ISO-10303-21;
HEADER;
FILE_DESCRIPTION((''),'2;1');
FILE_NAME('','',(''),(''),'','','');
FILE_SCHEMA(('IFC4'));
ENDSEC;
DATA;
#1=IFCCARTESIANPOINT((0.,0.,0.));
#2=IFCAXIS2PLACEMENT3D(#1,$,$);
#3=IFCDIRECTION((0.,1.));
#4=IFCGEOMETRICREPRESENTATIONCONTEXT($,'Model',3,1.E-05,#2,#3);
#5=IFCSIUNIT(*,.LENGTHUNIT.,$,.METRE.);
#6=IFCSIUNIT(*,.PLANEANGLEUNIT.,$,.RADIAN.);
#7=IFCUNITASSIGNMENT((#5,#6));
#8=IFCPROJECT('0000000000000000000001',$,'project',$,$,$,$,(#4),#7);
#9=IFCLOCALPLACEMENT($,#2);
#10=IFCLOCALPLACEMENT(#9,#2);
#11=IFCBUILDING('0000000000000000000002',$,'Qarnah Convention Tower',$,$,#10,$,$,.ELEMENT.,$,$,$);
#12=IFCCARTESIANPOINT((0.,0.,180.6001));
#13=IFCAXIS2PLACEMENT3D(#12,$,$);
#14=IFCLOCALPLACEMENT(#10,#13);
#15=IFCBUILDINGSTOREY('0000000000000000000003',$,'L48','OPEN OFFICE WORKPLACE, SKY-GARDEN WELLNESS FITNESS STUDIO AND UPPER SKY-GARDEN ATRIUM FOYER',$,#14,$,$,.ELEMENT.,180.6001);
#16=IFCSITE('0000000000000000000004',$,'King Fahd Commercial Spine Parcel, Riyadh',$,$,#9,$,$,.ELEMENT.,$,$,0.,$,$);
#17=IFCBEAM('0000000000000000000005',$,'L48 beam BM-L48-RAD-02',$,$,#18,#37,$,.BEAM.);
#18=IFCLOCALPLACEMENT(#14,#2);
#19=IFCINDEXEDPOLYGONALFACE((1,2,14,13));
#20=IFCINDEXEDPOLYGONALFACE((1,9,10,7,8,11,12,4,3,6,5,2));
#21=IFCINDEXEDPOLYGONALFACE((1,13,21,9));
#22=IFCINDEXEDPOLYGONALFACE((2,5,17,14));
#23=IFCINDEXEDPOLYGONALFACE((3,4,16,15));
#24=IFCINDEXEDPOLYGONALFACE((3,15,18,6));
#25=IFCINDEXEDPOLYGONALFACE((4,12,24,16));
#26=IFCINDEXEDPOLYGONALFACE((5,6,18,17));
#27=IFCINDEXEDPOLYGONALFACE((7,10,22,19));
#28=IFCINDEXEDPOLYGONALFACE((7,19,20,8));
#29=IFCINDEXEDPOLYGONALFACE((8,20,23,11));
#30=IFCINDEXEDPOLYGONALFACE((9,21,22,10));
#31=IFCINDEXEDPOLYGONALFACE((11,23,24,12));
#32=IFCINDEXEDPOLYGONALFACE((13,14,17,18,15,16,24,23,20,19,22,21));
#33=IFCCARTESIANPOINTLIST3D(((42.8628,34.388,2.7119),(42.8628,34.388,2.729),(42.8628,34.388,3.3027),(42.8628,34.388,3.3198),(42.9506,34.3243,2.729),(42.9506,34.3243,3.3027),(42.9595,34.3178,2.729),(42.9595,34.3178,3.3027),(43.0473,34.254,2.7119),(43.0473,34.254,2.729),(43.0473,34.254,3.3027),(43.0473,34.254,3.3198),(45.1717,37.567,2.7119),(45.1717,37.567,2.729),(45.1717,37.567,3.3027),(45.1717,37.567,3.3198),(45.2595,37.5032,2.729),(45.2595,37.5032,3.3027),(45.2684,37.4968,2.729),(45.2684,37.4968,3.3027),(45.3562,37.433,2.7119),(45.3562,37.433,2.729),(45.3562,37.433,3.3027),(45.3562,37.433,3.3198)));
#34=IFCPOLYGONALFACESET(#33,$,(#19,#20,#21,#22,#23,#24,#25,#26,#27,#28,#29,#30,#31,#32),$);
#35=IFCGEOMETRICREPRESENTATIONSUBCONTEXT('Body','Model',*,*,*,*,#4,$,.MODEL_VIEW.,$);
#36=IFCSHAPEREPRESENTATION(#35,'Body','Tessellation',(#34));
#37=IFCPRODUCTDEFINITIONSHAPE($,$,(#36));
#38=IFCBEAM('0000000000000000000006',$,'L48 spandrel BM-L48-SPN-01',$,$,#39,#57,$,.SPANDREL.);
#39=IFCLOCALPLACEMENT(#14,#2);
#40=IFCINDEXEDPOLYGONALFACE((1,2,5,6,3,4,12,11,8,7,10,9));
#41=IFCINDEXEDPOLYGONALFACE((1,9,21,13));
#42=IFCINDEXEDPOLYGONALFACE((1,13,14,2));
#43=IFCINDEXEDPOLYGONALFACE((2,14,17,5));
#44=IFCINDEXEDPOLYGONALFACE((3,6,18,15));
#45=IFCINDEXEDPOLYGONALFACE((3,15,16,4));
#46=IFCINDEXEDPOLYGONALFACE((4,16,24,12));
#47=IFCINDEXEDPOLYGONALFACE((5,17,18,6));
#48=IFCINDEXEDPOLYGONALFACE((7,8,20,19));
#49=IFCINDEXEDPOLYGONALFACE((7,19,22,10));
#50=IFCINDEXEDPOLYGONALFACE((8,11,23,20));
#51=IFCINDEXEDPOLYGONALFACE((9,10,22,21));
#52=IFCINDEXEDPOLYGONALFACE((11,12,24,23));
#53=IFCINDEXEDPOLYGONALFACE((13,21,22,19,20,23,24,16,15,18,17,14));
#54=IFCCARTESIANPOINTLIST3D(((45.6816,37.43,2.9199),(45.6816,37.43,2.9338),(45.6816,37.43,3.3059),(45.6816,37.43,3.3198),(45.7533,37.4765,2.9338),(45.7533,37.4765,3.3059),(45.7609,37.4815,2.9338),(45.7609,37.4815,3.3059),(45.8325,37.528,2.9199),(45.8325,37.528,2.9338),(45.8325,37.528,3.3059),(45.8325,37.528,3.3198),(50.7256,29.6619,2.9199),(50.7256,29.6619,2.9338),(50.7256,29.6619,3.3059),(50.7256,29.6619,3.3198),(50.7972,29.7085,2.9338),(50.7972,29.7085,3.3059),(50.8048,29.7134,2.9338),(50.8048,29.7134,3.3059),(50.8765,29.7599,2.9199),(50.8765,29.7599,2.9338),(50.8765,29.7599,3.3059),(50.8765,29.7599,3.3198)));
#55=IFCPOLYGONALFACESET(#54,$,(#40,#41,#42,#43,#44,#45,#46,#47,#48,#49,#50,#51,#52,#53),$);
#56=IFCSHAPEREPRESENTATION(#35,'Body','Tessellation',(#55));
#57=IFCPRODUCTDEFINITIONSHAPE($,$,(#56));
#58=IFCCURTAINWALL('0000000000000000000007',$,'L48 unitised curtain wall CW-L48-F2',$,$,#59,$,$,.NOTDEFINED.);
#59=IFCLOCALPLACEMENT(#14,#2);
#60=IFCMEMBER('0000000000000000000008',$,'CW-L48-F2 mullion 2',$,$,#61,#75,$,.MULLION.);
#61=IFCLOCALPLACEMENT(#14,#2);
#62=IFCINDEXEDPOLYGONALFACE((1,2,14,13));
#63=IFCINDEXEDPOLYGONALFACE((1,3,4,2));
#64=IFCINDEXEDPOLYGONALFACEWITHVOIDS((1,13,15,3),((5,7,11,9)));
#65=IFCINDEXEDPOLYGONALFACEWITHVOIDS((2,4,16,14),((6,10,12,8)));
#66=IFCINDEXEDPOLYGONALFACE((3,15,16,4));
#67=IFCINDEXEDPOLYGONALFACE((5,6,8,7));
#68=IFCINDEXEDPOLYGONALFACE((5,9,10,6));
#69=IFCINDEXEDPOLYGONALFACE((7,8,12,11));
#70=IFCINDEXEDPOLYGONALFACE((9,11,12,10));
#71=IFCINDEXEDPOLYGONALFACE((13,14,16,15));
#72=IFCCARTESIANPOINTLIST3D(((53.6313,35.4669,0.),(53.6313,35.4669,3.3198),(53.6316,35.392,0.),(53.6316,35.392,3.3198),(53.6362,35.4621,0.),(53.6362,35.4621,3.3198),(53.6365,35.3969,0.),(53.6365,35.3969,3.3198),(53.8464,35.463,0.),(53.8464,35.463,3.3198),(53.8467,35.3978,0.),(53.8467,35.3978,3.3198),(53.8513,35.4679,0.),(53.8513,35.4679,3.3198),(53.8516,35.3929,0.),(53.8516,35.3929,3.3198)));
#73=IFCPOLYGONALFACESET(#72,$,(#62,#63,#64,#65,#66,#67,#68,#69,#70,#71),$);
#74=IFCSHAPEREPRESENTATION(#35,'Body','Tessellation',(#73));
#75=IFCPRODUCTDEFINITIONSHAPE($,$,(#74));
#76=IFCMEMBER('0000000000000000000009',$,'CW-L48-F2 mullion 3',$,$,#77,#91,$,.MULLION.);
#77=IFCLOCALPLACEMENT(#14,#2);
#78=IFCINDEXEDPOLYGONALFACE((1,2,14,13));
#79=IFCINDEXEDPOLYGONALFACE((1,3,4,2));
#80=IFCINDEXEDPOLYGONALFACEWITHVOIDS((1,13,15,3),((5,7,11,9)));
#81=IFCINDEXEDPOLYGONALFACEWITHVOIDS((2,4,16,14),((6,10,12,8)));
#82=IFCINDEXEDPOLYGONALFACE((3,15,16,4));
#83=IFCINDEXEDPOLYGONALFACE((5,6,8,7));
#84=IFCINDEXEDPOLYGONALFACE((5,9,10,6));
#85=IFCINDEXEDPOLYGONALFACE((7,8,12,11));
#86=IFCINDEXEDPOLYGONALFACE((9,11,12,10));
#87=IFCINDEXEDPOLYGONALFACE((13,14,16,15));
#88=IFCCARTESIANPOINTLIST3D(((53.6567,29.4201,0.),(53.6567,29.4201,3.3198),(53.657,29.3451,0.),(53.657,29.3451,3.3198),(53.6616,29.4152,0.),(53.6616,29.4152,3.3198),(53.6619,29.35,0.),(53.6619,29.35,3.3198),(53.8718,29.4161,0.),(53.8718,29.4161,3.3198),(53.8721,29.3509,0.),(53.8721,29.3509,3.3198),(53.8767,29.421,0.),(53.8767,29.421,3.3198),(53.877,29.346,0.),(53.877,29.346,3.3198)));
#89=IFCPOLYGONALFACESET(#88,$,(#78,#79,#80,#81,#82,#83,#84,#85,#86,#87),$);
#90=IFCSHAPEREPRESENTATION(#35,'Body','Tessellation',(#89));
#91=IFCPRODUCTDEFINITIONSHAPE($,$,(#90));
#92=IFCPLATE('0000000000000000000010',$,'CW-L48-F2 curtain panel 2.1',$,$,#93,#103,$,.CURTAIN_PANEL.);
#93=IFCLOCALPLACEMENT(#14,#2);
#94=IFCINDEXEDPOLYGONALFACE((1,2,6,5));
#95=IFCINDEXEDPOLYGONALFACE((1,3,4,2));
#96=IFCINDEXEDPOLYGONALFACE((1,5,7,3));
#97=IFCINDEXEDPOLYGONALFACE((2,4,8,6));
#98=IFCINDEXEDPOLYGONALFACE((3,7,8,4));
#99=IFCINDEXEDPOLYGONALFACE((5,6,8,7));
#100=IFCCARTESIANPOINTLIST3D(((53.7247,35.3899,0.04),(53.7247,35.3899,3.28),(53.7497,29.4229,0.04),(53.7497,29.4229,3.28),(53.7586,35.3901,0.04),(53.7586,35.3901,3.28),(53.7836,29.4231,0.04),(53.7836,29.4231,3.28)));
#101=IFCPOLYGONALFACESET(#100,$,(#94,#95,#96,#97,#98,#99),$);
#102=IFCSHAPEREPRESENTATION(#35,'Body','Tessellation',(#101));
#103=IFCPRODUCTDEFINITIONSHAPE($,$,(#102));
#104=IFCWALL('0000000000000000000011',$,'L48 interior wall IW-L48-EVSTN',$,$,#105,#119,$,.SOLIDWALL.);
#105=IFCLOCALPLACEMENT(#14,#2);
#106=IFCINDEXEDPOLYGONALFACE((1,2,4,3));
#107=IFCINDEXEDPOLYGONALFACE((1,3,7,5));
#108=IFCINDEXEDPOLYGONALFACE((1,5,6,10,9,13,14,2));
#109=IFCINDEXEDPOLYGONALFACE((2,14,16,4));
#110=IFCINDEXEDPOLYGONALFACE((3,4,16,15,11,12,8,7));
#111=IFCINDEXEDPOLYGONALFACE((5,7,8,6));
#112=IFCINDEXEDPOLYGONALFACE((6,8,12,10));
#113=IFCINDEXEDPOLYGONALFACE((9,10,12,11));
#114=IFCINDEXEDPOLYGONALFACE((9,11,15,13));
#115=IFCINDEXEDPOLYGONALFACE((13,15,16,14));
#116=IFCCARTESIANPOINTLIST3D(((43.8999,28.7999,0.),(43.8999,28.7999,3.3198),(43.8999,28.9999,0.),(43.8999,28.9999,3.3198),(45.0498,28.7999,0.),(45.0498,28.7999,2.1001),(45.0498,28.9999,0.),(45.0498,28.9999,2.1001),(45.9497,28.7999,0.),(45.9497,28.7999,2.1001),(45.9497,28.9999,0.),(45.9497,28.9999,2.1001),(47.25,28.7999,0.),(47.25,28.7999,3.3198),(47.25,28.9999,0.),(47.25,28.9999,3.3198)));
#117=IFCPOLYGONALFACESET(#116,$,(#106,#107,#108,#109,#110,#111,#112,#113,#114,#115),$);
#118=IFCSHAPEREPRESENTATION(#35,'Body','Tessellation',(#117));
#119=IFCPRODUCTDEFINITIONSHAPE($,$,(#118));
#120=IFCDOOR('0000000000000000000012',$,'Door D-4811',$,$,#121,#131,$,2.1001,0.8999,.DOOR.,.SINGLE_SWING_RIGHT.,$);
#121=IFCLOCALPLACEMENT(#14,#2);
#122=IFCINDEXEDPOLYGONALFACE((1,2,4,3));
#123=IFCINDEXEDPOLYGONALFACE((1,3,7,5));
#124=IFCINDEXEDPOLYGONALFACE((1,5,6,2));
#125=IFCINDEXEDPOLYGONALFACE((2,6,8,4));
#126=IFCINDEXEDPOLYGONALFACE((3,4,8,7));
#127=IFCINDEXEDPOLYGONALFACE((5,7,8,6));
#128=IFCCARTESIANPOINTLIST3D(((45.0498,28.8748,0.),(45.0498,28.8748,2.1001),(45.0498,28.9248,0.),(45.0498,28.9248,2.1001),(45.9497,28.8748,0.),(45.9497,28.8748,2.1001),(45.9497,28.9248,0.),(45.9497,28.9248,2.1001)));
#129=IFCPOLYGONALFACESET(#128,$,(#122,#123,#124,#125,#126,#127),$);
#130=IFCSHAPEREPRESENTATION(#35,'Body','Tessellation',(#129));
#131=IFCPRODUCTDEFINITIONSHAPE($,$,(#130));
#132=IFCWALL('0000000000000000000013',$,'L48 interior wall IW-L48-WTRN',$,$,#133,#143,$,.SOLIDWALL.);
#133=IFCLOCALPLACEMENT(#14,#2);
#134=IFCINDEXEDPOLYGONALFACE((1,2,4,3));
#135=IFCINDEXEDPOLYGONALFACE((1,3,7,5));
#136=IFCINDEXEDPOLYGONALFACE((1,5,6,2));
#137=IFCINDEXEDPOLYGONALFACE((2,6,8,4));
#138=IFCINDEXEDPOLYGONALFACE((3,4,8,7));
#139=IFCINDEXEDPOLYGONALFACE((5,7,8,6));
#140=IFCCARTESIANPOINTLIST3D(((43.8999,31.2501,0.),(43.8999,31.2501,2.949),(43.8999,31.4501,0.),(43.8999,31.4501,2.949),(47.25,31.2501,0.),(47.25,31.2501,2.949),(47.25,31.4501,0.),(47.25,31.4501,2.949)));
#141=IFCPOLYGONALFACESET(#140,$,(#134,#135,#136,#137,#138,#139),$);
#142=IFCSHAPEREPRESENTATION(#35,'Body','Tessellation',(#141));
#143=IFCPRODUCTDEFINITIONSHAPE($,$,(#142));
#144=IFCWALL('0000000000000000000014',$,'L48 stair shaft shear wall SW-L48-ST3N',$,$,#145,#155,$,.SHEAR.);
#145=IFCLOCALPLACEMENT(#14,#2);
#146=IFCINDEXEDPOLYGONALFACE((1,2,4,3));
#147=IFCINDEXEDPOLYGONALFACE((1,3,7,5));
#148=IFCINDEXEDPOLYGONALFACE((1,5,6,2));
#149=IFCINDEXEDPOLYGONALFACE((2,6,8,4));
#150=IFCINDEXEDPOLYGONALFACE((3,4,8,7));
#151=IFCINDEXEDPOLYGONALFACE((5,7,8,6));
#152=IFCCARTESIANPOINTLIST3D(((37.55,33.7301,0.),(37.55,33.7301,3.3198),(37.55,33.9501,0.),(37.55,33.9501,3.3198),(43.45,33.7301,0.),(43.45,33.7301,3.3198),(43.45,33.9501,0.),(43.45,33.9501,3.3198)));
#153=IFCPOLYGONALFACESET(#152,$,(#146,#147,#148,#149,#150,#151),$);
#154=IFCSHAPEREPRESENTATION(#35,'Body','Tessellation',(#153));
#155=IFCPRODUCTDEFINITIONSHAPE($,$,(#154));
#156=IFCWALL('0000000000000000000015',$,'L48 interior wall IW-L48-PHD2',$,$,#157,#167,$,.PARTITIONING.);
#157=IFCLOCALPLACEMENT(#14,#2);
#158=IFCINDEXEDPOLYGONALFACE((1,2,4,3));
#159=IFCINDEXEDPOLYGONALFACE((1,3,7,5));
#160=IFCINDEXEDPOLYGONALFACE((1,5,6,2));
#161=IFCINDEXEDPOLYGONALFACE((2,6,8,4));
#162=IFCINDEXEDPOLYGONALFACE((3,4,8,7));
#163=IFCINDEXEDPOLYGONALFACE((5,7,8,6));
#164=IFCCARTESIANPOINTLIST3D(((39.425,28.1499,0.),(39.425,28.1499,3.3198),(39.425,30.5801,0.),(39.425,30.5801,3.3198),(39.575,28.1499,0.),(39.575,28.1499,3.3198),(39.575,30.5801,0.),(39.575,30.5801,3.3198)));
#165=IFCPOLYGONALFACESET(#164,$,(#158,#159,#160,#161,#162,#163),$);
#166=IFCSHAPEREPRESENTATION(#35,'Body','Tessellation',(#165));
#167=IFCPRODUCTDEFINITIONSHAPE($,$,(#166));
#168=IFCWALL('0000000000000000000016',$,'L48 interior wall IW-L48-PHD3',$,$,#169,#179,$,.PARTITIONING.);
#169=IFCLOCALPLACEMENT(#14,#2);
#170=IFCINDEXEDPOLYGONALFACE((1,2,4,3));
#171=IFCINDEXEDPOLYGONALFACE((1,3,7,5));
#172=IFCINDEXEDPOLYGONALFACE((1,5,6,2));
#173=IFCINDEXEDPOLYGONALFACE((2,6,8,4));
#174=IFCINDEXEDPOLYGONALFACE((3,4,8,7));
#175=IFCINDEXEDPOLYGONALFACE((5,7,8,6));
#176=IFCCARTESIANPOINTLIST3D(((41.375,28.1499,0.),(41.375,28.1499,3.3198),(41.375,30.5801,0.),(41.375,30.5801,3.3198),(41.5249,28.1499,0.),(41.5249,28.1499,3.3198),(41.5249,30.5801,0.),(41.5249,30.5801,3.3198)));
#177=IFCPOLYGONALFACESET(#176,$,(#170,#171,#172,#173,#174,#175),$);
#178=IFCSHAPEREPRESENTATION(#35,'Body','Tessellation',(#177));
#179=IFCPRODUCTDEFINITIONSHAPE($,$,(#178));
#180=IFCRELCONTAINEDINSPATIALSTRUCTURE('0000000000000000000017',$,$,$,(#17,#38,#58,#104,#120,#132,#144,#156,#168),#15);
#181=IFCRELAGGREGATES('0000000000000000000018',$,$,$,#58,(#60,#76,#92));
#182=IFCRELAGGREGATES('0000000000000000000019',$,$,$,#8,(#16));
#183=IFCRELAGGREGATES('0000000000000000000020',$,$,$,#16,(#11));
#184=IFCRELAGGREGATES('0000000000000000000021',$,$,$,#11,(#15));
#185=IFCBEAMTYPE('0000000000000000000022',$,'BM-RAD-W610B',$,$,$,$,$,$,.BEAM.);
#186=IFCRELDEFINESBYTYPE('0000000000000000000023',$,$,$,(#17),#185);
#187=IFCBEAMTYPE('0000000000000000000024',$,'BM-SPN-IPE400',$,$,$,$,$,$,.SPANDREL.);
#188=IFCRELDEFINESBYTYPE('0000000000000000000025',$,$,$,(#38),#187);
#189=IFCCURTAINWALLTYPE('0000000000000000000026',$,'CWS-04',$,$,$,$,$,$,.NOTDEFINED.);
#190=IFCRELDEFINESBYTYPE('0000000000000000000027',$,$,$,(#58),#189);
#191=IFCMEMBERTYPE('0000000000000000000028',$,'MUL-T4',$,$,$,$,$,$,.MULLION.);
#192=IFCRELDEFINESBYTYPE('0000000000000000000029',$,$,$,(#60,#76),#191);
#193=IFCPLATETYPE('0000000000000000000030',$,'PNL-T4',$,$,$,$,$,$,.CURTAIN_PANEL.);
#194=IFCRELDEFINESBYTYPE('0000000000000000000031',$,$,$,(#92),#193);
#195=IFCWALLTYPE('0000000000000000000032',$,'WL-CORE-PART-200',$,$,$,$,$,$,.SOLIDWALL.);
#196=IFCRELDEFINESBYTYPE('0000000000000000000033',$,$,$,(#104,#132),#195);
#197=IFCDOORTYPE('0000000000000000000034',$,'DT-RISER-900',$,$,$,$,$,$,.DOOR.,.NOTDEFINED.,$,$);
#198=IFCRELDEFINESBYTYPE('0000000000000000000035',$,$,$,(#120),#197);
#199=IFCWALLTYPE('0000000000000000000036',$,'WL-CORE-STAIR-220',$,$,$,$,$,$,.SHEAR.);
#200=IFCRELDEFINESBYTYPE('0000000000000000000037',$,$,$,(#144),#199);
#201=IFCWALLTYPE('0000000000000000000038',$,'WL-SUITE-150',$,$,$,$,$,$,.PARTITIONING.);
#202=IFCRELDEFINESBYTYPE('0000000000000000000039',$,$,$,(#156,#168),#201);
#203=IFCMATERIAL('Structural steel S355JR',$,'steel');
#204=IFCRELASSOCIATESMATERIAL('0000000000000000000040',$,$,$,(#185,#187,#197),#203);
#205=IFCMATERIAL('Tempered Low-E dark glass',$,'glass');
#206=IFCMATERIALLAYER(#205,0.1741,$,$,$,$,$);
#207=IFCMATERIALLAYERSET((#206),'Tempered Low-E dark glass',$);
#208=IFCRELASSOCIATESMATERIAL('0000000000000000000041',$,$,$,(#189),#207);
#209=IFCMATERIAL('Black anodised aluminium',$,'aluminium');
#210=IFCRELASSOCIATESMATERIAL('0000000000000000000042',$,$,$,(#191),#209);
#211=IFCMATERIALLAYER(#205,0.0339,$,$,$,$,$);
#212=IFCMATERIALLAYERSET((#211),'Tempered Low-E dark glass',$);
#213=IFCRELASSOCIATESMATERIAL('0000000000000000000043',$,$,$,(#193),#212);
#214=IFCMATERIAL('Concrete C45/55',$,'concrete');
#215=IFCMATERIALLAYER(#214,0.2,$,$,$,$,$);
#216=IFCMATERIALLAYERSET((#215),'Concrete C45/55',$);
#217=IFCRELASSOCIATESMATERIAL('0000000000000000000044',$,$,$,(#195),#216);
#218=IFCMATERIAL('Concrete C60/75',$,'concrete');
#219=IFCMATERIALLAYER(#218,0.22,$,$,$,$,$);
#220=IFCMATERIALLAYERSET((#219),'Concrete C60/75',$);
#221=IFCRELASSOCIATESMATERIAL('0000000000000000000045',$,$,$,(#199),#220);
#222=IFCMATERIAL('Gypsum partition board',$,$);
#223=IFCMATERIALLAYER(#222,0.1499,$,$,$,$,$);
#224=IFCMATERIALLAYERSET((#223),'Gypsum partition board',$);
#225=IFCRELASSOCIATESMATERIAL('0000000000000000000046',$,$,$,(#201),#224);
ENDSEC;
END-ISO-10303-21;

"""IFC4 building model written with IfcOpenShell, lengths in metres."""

from ifc_helpers import new_model, si_unit, direction, frame, frame_2d, origin, origin_2d, place, context, subcontext, project, spatial, rectangle, hollow_rectangle, i_section, extrude, material, layer, layer_set, material_profile, profile_set, type_object, element, fill, aggregate, save


model = new_model("IFC4")

# Units and contexts
model_context = context("Model", 3, precision=1e-05, world=origin(), true_north=direction((0.0, 1.0)))
body_context = subcontext(model_context, "Body", "Model", "MODEL_VIEW")
ifc_project = project(units=[si_unit("LENGTHUNIT", "METRE"), si_unit("PLANEANGLEUNIT", "RADIAN")], contexts=[model_context])

# Site, building, storey
site_placement = place(None, origin())
site = spatial("IfcSite", under=ifc_project, at=site_placement, Name="King Fahd Commercial Spine Parcel, Riyadh", CompositionType="ELEMENT", RefElevation=0.0)
building_placement = place(site_placement, origin())
building = spatial("IfcBuilding", under=site, at=building_placement, Name="Qarnah Convention Tower", CompositionType="ELEMENT")
storey_placement = place(building_placement, frame((0.0, 0.0, 180.6001)))
storey = spatial("IfcBuildingStorey", under=building, at=storey_placement, Name="L48", Description="OPEN OFFICE WORKPLACE, SKY-GARDEN WELLNESS FITNESS STUDIO AND UPPER SKY-GARDEN ATRIUM FOYER", CompositionType="ELEMENT", Elevation=180.6001)

# Beams
ifc_material_1 = material(Name="Structural steel S355JR", Category="steel")
ifc_material_profile_1 = material_profile(ifc_material_1, i_section(OverallWidth=0.228, OverallDepth=0.6079, WebThickness=0.011, FlangeThickness=0.0171, at=origin_2d()), Name="W610X113")
ifc_profile_set_1 = profile_set([ifc_material_profile_1], Name="Structural steel S355JR")
beam_type_1 = type_object("IfcBeamType", Name="BM-RAD-W610B", PredefinedType="BEAM", material=ifc_profile_set_1)
beam_1_placement = place(storey_placement, frame((42.9551, 34.321, 3.0159), z_axis=(0.587651, 0.809115, 0.0), x_axis=(-0.809115, 0.587651, 0.0)))
element("IfcBeam", 1, at=beam_1_placement, inside=storey, type_object=beam_type_1, Name="L48 beam BM-L48-RAD-02", PredefinedType="BEAM", context=body_context, shape_type="SweptSolid", body=[
    extrude(i_section(OverallWidth=0.228, OverallDepth=0.6079, WebThickness=0.011, FlangeThickness=0.0171, at=origin_2d()), origin(), (0.0, 0.0, 1.0), 3.929),
])
ifc_material_profile_2 = material_profile(ifc_material_1, i_section(OverallWidth=0.1799, OverallDepth=0.3999, WebThickness=0.009, FlangeThickness=0.0139, at=origin_2d()), Name="IPE400")
ifc_profile_set_2 = profile_set([ifc_material_profile_2], Name="Structural steel S355JR")
beam_type_2 = type_object("IfcBeamType", Name="BM-SPN-IPE400", PredefinedType="SPANDREL", material=ifc_profile_set_2)
beam_2_placement = place(storey_placement, frame((50.801, 29.7109, 3.1199), z_axis=(-0.544586, 0.838705, 0.0), x_axis=(-0.838705, -0.544586, 0.0)))
element("IfcBeam", 2, at=beam_2_placement, inside=storey, type_object=beam_type_2, Name="L48 spandrel BM-L48-SPN-01", PredefinedType="SPANDREL", context=body_context, shape_type="SweptSolid", body=[
    extrude(i_section(OverallWidth=0.1799, OverallDepth=0.3999, WebThickness=0.009, FlangeThickness=0.0139, at=origin_2d()), origin(), (0.0, 0.0, 1.0), 9.262),
])

# Curtain wall, members, plate
ifc_material_2 = material(Name="Tempered Low-E dark glass", Category="glass")
ifc_layer_1 = layer(ifc_material_2, 0.1741)
ifc_layer_set_1 = layer_set([ifc_layer_1], Name="Tempered Low-E dark glass")
curtain_wall_type = type_object("IfcCurtainWallType", Name="CWS-04", PredefinedType="NOTDEFINED", material=ifc_layer_set_1)
curtain_wall_placement = place(storey_placement, origin())
curtain_wall = element("IfcCurtainWall", 3, at=curtain_wall_placement, inside=storey, type_object=curtain_wall_type, Name="L48 unitised curtain wall CW-L48-F2", PredefinedType="NOTDEFINED")
ifc_material_3 = material(Name="Black anodised aluminium", Category="aluminium")
ifc_material_profile_3 = material_profile(ifc_material_3, hollow_rectangle(XDim=0.075, YDim=0.22, WallThickness=0.0049, at=origin_2d()), Name="MUL-75X220")
ifc_profile_set_3 = profile_set([ifc_material_profile_3], Name="Black anodised aluminium")
member_type = type_object("IfcMemberType", Name="MUL-T4", PredefinedType="MULLION", material=ifc_profile_set_3)
member_1_placement = place(storey_placement, frame((53.7415, 35.4299, 0.0), z_axis=(0.0, 0.0, 1.0), x_axis=(0.0042, -0.999991, 0.0)))
member_1 = element("IfcMember", 4, at=member_1_placement, type_object=member_type, Name="CW-L48-F2 mullion 2", PredefinedType="MULLION", context=body_context, shape_type="SweptSolid", body=[
    extrude(hollow_rectangle(XDim=0.075, YDim=0.22, WallThickness=0.0049, at=origin_2d()), origin(), (0.0, 0.0, 1.0), 3.3198),
])
member_2_placement = place(storey_placement, frame((53.7668, 29.3831, 0.0), z_axis=(0.0, 0.0, 1.0), x_axis=(0.0042, -0.999991, 0.0)))
member_2 = element("IfcMember", 5, at=member_2_placement, type_object=member_type, Name="CW-L48-F2 mullion 3", PredefinedType="MULLION", context=body_context, shape_type="SweptSolid", body=[
    extrude(hollow_rectangle(XDim=0.075, YDim=0.22, WallThickness=0.0049, at=origin_2d()), origin(), (0.0, 0.0, 1.0), 3.3198),
])
ifc_layer_2 = layer(ifc_material_2, 0.0339)
ifc_layer_set_2 = layer_set([ifc_layer_2], Name="Tempered Low-E dark glass")
plate_type = type_object("IfcPlateType", Name="PNL-T4", PredefinedType="CURTAIN_PANEL", material=ifc_layer_set_2)
plate_placement = place(storey_placement, frame((53.7542, 32.4065, 0.04), z_axis=(0.0, 0.0, 1.0), x_axis=(0.0042, -0.999991, 0.0)))
plate = element("IfcPlate", 6, at=plate_placement, type_object=plate_type, Name="CW-L48-F2 curtain panel 2.1", PredefinedType="CURTAIN_PANEL", context=body_context, shape_type="SweptSolid", body=[
    extrude(rectangle(XDim=5.967, YDim=0.0339, at=origin_2d()), origin(), (0.0, 0.0, 1.0), 3.24),
])
aggregate(curtain_wall, [member_1, member_2, plate])

# Wall, opening, door
ifc_material_4 = material(Name="Concrete C45/55", Category="concrete")
ifc_layer_3 = layer(ifc_material_4, 0.2)
ifc_layer_set_3 = layer_set([ifc_layer_3], Name="Concrete C45/55")
wall_type_1 = type_object("IfcWallType", Name="WL-CORE-PART-200", PredefinedType="SOLIDWALL", material=ifc_layer_set_3)
wall_1_placement = place(storey_placement, frame((43.8999, 28.8999, 0.0), z_axis=(0.0, 0.0, 1.0), x_axis=(1.0, 0.0, 0.0)))
wall_1 = element("IfcWall", 7, at=wall_1_placement, inside=storey, type_object=wall_type_1, Name="L48 interior wall IW-L48-EVSTN", PredefinedType="SOLIDWALL", context=body_context, shape_type="SweptSolid", body=[
    extrude(rectangle(XDim=3.3501, YDim=0.2, at=frame_2d((1.675, 0.0))), origin(), (0.0, 0.0, 1.0), 3.3198),
])
opening_1_placement = place(wall_1_placement, frame((1.1499, 0.0, 0.0)))
opening_1 = element("IfcOpeningElement", 8, at=opening_1_placement, cuts=wall_1, PredefinedType="OPENING", context=body_context, shape_type="SweptSolid", body=[
    extrude(rectangle(XDim=0.8999, YDim=2.1001, at=frame_2d((0.45, 1.05))), frame((0.0, 0.1099, 0.0), z_axis=(0.0, -1.0, 0.0), x_axis=(1.0, 0.0, 0.0)), (0.0, 0.0, 1.0), 0.22),
])
door_type_1 = type_object("IfcDoorType", Name="DT-RISER-900", OperationType="NOTDEFINED", PredefinedType="DOOR", material=ifc_material_1)
door_1_placement = place(opening_1_placement, origin())
door_1 = element("IfcDoor", 9, at=door_1_placement, inside=storey, type_object=door_type_1, Name="Door D-4811", OperationType="SINGLE_SWING_RIGHT", OverallHeight=2.1001, OverallWidth=0.8999, PredefinedType="DOOR", context=body_context, shape_type="SweptSolid", body=[
    extrude(rectangle(XDim=0.8999, YDim=2.1001, at=frame_2d((0.45, 1.05))), frame((0.0, 0.0249, 0.0), z_axis=(0.0, -1.0, 0.0), x_axis=(1.0, 0.0, 0.0)), (0.0, 0.0, 1.0), 0.05),
])
fill(opening_1, door_1)

# Walls
wall_2_placement = place(storey_placement, frame((43.8999, 31.3501, 0.0), z_axis=(0.0, 0.0, 1.0), x_axis=(1.0, 0.0, 0.0)))
element("IfcWall", 10, at=wall_2_placement, inside=storey, type_object=wall_type_1, Name="L48 interior wall IW-L48-WTRN", PredefinedType="SOLIDWALL", context=body_context, shape_type="SweptSolid", body=[
    extrude(rectangle(XDim=3.3501, YDim=0.2, at=frame_2d((1.675, 0.0))), origin(), (0.0, 0.0, 1.0), 2.949),
])
ifc_material_5 = material(Name="Concrete C60/75", Category="concrete")
ifc_layer_4 = layer(ifc_material_5, 0.22)
ifc_layer_set_4 = layer_set([ifc_layer_4], Name="Concrete C60/75")
wall_type_2 = type_object("IfcWallType", Name="WL-CORE-STAIR-220", PredefinedType="SHEAR", material=ifc_layer_set_4)
wall_3_placement = place(storey_placement, frame((37.55, 33.8401, 0.0), z_axis=(0.0, 0.0, 1.0), x_axis=(1.0, 0.0, 0.0)))
element("IfcWall", 11, at=wall_3_placement, inside=storey, type_object=wall_type_2, Name="L48 stair shaft shear wall SW-L48-ST3N", PredefinedType="SHEAR", context=body_context, shape_type="SweptSolid", body=[
    extrude(rectangle(XDim=5.8999, YDim=0.22, at=frame_2d((2.95, 0.0))), origin(), (0.0, 0.0, 1.0), 3.3198),
])
ifc_material_6 = material(Name="Gypsum partition board")
ifc_layer_5 = layer(ifc_material_6, 0.1499)
ifc_layer_set_5 = layer_set([ifc_layer_5], Name="Gypsum partition board")
wall_type_3 = type_object("IfcWallType", Name="WL-SUITE-150", PredefinedType="PARTITIONING", material=ifc_layer_set_5)
for number, where, z_axis, x_axis, name in (
    (12, (39.5, 28.1499, 0.0), (0.0, 0.0, 1.0), (0.0, 1.0, 0.0), "L48 interior wall IW-L48-PHD2"),
    (13, (41.45, 28.1499, 0.0), (0.0, 0.0, 1.0), (0.0, 1.0, 0.0), "L48 interior wall IW-L48-PHD3"),
):
    element("IfcWall", number, at=place(storey_placement, frame(where, z_axis=z_axis, x_axis=x_axis)), inside=storey, type_object=wall_type_3, Name=name, PredefinedType="PARTITIONING", context=body_context, shape_type="SweptSolid", body=[
        extrude(rectangle(XDim=2.4302, YDim=0.1499, at=frame_2d((1.2151, 0.0))), origin(), (0.0, 0.0, 1.0), 3.3198),
    ])

save(model, "model.ifc")
